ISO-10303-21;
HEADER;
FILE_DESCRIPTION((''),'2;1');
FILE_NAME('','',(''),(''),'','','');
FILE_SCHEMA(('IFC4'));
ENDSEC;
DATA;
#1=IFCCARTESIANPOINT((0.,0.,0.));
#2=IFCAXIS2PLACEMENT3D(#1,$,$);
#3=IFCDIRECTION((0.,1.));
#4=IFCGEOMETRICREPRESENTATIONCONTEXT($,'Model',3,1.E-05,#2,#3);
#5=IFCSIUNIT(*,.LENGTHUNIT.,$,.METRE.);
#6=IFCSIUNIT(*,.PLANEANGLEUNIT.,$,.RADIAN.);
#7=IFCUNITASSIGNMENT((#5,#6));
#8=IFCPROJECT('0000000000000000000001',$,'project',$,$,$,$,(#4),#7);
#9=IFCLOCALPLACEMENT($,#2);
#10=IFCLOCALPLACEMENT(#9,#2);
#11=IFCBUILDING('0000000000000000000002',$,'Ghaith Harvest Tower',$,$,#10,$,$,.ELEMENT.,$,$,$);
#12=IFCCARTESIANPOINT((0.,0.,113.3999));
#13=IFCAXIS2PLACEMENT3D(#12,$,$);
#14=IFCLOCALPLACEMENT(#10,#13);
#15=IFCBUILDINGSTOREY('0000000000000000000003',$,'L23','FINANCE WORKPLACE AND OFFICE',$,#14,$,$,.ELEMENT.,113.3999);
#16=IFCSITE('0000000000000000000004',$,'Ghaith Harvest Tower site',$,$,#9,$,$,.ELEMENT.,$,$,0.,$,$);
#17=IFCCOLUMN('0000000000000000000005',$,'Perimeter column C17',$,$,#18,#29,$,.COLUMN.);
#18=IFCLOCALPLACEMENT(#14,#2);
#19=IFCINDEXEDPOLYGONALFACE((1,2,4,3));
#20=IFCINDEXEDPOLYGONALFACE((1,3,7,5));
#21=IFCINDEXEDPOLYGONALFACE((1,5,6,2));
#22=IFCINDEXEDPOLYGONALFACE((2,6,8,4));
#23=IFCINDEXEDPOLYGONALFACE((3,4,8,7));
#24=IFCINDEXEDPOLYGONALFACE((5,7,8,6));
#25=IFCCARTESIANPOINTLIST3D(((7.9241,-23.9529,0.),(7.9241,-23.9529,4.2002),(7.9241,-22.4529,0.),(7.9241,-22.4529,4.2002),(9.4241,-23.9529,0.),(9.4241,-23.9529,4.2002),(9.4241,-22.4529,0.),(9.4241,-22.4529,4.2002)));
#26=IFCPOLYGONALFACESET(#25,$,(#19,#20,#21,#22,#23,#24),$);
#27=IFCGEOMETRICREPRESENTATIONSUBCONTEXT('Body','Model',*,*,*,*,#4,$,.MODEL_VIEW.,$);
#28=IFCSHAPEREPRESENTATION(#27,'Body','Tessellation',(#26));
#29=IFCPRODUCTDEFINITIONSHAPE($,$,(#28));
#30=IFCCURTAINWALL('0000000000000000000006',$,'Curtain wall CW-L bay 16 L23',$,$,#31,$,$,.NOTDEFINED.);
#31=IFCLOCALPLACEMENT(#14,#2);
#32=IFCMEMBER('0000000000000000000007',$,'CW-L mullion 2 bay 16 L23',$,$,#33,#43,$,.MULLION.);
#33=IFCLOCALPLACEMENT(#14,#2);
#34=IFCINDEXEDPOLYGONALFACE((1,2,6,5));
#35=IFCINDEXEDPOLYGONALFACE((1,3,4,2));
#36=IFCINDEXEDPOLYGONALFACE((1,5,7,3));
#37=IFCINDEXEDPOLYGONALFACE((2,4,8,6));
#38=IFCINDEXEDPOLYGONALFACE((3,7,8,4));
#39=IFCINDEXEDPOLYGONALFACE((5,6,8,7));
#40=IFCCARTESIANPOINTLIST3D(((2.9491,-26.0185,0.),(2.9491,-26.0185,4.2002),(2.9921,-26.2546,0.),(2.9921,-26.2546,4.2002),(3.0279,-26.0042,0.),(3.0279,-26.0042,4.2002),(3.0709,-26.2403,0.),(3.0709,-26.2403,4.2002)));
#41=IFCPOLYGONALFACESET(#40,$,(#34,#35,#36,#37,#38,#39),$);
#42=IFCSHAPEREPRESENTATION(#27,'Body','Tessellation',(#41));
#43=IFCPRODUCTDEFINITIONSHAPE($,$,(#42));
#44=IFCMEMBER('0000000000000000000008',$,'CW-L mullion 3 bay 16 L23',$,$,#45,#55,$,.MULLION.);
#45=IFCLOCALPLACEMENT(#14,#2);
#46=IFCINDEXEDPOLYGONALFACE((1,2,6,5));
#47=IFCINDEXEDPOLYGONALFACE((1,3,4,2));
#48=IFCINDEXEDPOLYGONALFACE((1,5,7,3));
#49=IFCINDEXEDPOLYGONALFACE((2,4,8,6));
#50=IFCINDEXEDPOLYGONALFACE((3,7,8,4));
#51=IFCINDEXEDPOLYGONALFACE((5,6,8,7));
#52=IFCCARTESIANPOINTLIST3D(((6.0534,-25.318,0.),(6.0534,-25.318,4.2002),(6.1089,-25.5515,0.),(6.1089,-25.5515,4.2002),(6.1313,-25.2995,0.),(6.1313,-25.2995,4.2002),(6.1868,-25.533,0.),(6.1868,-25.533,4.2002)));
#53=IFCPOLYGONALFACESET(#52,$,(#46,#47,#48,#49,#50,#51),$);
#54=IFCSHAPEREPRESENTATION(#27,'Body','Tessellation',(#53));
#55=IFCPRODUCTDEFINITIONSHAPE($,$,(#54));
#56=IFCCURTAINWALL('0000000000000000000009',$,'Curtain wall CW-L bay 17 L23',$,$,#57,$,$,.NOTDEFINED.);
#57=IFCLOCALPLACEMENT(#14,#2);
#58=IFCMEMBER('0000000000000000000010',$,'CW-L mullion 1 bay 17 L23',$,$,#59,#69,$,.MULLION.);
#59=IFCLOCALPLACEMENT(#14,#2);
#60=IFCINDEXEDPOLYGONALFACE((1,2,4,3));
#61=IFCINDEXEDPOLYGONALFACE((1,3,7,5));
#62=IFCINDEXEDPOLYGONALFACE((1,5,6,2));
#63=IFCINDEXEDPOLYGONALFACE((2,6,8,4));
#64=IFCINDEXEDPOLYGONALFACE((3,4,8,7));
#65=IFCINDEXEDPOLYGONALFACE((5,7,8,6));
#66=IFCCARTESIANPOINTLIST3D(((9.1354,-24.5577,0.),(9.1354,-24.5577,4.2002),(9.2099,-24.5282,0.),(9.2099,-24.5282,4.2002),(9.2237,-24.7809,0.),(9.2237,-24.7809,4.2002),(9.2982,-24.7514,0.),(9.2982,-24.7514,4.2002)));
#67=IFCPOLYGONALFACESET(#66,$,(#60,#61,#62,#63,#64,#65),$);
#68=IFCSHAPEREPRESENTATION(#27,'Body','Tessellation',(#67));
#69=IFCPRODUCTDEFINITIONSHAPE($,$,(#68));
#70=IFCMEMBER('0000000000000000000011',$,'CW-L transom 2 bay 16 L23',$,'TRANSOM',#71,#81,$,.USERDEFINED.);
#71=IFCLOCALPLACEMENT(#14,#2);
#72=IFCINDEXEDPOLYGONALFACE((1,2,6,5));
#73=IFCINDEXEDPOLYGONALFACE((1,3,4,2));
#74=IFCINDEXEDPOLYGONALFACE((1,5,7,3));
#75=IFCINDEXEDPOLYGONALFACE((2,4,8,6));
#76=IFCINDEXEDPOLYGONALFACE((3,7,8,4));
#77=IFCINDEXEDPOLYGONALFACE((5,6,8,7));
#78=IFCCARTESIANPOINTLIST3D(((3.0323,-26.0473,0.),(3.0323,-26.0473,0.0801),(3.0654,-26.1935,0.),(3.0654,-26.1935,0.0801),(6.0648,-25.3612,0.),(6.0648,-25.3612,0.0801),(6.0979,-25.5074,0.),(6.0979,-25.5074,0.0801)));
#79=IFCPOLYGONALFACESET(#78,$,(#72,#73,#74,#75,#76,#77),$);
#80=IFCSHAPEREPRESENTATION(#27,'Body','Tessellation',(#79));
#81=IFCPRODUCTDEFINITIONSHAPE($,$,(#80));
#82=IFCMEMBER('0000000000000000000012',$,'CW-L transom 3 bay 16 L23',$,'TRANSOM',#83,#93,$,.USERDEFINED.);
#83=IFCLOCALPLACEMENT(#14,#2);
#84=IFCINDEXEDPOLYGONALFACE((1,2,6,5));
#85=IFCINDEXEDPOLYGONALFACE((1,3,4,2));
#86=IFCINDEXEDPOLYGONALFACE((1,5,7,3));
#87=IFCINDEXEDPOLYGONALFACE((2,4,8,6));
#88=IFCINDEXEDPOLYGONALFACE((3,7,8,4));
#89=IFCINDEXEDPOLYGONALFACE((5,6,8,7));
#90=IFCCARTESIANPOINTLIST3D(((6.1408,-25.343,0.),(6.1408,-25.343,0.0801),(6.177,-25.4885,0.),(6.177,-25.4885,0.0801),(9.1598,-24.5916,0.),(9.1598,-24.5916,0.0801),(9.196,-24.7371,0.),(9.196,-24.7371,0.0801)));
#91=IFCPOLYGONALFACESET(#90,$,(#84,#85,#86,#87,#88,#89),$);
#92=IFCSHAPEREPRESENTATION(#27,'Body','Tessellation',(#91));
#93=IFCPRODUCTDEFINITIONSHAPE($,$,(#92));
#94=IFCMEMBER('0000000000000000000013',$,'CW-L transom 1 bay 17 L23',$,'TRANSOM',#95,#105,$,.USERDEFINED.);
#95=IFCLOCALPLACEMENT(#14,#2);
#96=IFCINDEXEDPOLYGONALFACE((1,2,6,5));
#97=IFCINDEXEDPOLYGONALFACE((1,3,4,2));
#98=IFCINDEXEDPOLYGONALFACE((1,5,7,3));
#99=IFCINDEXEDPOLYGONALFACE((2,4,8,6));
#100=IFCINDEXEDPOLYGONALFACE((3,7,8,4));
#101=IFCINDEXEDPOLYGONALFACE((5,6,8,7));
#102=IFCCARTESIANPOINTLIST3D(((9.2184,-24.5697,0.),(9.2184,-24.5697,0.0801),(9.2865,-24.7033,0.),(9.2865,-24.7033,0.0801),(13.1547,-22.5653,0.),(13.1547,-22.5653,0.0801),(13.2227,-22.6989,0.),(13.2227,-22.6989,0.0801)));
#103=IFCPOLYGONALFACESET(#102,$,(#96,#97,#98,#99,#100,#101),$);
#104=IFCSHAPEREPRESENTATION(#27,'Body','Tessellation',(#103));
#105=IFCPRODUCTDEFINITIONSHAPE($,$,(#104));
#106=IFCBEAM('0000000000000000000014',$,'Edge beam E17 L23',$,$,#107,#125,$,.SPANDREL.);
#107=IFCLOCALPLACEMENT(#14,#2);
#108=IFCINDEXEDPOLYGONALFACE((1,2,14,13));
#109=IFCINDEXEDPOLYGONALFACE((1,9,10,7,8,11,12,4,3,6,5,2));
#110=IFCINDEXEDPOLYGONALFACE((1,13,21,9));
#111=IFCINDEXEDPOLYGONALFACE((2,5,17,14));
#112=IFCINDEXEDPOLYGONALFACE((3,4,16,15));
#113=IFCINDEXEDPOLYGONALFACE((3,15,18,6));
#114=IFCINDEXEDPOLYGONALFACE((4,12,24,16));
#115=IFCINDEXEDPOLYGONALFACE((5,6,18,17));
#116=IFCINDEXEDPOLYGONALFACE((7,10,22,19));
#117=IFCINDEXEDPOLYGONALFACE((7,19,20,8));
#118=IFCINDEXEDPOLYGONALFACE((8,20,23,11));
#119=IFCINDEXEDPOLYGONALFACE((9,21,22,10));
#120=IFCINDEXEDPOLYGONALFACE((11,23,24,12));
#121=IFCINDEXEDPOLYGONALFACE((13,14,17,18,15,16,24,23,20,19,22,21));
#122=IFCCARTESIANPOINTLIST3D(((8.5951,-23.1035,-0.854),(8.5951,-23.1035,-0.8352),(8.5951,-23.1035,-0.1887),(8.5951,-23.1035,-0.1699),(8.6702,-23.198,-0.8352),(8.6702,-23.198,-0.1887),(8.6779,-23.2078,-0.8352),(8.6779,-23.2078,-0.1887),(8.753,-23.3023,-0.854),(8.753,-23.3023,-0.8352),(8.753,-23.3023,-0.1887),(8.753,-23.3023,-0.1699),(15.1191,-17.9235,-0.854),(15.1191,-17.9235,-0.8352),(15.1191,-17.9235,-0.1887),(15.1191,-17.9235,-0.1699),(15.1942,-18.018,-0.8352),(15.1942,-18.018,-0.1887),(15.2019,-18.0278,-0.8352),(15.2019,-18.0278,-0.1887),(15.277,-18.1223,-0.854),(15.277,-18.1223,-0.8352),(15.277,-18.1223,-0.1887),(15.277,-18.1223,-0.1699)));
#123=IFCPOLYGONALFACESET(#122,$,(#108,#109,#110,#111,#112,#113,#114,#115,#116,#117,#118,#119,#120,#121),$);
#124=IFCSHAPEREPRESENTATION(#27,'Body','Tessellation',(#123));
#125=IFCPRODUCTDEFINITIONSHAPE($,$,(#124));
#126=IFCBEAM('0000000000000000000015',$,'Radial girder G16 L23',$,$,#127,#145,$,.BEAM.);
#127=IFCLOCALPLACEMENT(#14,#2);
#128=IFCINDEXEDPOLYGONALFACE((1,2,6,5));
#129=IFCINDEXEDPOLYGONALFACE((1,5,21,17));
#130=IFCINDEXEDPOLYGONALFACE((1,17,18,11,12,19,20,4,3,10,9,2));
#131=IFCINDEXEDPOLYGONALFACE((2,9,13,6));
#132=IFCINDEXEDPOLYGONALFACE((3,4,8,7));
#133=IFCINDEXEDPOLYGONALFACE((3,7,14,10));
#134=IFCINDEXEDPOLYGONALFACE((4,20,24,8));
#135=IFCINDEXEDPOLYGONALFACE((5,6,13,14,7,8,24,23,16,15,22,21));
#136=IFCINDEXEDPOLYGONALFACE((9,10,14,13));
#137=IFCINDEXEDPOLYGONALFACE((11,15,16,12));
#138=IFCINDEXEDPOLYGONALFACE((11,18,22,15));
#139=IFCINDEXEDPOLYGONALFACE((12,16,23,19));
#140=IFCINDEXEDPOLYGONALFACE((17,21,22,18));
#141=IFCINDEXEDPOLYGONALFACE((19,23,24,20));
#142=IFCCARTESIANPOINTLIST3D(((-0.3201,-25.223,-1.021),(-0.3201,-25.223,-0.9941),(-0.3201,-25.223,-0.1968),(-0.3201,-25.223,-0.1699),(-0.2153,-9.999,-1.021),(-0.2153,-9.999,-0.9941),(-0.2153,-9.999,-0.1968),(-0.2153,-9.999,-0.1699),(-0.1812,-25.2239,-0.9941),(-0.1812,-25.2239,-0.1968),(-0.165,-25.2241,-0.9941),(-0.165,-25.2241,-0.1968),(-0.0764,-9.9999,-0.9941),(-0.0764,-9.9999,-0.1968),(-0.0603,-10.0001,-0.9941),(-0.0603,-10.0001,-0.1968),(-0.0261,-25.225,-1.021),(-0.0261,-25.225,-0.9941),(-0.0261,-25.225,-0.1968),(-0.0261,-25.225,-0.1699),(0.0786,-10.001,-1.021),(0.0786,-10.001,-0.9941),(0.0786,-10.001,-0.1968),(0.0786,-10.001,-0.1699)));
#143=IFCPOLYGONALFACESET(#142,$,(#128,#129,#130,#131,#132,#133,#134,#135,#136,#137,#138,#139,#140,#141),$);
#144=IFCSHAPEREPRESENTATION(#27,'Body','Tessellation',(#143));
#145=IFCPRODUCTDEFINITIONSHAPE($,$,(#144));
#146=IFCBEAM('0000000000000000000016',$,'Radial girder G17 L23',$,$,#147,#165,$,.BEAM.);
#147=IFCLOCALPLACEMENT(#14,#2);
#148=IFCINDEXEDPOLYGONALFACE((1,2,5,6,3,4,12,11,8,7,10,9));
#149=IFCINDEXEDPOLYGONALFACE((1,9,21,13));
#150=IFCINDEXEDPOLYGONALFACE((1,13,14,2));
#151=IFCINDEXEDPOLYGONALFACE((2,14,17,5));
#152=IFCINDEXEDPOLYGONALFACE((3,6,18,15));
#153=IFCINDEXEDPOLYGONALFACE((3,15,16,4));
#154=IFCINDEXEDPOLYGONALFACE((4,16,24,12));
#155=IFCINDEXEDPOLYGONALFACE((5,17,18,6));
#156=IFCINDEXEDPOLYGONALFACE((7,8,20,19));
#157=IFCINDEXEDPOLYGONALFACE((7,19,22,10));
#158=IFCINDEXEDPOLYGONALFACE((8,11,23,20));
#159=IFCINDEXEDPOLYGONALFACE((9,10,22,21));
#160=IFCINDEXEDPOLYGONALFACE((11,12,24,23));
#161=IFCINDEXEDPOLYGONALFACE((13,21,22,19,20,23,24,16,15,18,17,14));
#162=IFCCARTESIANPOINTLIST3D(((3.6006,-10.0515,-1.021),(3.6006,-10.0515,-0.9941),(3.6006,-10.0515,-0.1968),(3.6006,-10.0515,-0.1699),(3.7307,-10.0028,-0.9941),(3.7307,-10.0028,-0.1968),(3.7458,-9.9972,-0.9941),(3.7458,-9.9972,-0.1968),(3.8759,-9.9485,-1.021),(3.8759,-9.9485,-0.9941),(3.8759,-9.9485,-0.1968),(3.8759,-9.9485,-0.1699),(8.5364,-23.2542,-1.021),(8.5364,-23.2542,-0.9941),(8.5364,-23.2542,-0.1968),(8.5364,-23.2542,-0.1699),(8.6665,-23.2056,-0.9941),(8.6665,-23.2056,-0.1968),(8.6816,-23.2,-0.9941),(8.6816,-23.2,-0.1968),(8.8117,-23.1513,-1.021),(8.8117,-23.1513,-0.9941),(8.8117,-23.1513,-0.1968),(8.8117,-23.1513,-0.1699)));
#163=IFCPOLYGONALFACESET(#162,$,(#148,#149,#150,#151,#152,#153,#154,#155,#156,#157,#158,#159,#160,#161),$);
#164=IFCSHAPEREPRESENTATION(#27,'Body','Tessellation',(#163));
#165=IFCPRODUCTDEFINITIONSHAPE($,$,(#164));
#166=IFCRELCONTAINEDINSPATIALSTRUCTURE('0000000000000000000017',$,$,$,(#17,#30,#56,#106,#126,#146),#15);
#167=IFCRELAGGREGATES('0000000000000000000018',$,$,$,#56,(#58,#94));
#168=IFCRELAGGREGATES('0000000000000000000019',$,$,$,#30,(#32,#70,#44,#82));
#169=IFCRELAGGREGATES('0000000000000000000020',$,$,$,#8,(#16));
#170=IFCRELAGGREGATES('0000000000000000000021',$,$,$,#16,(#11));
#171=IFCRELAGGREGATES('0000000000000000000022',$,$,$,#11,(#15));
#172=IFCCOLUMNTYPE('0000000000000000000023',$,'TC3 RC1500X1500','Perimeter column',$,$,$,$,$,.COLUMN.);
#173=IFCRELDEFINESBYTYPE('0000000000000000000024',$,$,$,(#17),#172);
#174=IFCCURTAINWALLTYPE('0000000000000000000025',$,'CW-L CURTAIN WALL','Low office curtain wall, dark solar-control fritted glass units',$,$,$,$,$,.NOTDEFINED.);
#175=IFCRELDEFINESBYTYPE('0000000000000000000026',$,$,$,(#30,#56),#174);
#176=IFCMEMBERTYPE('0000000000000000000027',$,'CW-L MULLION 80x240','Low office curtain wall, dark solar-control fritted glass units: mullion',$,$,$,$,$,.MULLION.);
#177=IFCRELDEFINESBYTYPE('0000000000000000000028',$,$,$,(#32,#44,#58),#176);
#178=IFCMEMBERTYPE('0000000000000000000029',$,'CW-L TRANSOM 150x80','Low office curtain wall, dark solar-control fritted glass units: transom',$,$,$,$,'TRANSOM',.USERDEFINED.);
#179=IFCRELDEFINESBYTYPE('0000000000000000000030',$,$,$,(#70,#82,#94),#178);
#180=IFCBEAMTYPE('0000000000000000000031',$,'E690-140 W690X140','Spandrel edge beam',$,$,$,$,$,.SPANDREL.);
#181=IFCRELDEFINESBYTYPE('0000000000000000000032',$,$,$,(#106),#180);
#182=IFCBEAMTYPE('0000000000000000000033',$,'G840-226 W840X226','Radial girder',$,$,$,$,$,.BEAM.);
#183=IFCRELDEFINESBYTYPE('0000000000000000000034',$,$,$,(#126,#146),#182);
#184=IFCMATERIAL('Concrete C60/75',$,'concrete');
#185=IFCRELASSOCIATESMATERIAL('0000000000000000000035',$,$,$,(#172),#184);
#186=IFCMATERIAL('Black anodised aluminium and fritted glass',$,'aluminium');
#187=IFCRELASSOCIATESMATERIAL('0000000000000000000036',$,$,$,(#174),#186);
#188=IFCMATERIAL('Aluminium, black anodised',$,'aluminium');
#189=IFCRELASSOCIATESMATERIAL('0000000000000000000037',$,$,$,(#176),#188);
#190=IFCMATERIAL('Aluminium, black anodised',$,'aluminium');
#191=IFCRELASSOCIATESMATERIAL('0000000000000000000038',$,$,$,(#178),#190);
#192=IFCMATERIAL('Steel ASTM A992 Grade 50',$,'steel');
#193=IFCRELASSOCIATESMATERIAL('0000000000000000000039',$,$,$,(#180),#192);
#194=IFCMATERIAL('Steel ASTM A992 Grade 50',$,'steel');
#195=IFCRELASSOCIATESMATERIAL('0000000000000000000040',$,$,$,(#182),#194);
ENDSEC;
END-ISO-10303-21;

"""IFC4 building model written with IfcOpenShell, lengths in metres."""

from ifc_helpers import new_model, si_unit, direction, frame, origin, origin_2d, place, context, subcontext, project, spatial, rectangle, i_section, extrude, material, material_profile, profile_set, type_object, element, aggregate, save


model = new_model("IFC4")

# Units and contexts
model_context = context("Model", 3, precision=1e-05, world=origin(), true_north=direction((0.0, 1.0)))
body_context = subcontext(model_context, "Body", "Model", "MODEL_VIEW")
ifc_project = project(units=[si_unit("LENGTHUNIT", "METRE"), si_unit("PLANEANGLEUNIT", "RADIAN")], contexts=[model_context])

# Site, building, storey
site_placement = place(None, origin())
site = spatial("IfcSite", under=ifc_project, at=site_placement, Name="Ghaith Harvest Tower site", CompositionType="ELEMENT", RefElevation=0.0)
building_placement = place(site_placement, origin())
building = spatial("IfcBuilding", under=site, at=building_placement, Name="Ghaith Harvest Tower", CompositionType="ELEMENT")
storey_placement = place(building_placement, frame((0.0, 0.0, 113.3999)))
storey = spatial("IfcBuildingStorey", under=building, at=storey_placement, Name="L23", Description="FINANCE WORKPLACE AND OFFICE", CompositionType="ELEMENT", Elevation=113.3999)

# Column
ifc_material_1 = material(Name="Concrete C60/75", Category="concrete")
ifc_material_profile_1 = material_profile(ifc_material_1, rectangle(XDim=1.5, YDim=1.5, at=origin_2d()), Name="RC1500X1500")
ifc_profile_set_1 = profile_set([ifc_material_profile_1], Name="Concrete C60/75")
column_type = type_object("IfcColumnType", Name="TC3 RC1500X1500", Description="Perimeter column", PredefinedType="COLUMN", material=ifc_profile_set_1)
column_placement = place(storey_placement, frame((8.6741, -23.2029, 0.0), z_axis=(0.0, 0.0, 1.0), x_axis=(1.0, 0.0, 0.0)))
element("IfcColumn", 1, at=column_placement, inside=storey, type_object=column_type, Name="Perimeter column C17", PredefinedType="COLUMN", context=body_context, shape_type="SweptSolid", body=[
    extrude(rectangle(XDim=1.5, YDim=1.5, at=origin_2d()), origin(), (0.0, 0.0, 1.0), 4.2002),
])

# Curtain wall, members
ifc_material_2 = material(Name="Black anodised aluminium and fritted glass", Category="aluminium")
curtain_wall_type = type_object("IfcCurtainWallType", Name="CW-L CURTAIN WALL", Description="Low office curtain wall, dark solar-control fritted glass units", PredefinedType="NOTDEFINED", material=ifc_material_2)
curtain_wall_1_placement = place(storey_placement, origin())
curtain_wall_1 = element("IfcCurtainWall", 2, at=curtain_wall_1_placement, inside=storey, type_object=curtain_wall_type, Name="Curtain wall CW-L bay 16 L23", PredefinedType="NOTDEFINED")
ifc_material_3 = material(Name="Aluminium, black anodised", Category="aluminium")
ifc_material_profile_2 = material_profile(ifc_material_3, rectangle(XDim=0.0801, YDim=0.24, at=origin_2d()), Name="CW-L MULLION 80x240")
ifc_profile_set_2 = profile_set([ifc_material_profile_2], Name="Aluminium, black anodised")
member_type_1 = type_object("IfcMemberType", Name="CW-L MULLION 80x240", Description="Low office curtain wall, dark solar-control fritted glass units: mullion", PredefinedType="MULLION", material=ifc_profile_set_2)
member_1_placement = place(storey_placement, frame((3.01, -26.1294, 0.0), z_axis=(0.0, 0.0, 1.0), x_axis=(0.983806, 0.179235, 0.0)))
member_1 = element("IfcMember", 3, at=member_1_placement, type_object=member_type_1, Name="CW-L mullion 2 bay 16 L23", PredefinedType="MULLION", context=body_context, shape_type="SweptSolid", body=[
    extrude(rectangle(XDim=0.0801, YDim=0.24, at=origin_2d()), origin(), (0.0, 0.0, 1.0), 4.2002),
])
member_2_placement = place(storey_placement, frame((6.1201, -25.4255, 0.0), z_axis=(0.0, 0.0, 1.0), x_axis=(0.972918, 0.23115, 0.0)))
member_2 = element("IfcMember", 4, at=member_2_placement, type_object=member_type_1, Name="CW-L mullion 3 bay 16 L23", PredefinedType="MULLION", context=body_context, shape_type="SweptSolid", body=[
    extrude(rectangle(XDim=0.0801, YDim=0.24, at=origin_2d()), origin(), (0.0, 0.0, 1.0), 4.2002),
])

# Curtain wall, member
curtain_wall_2_placement = place(storey_placement, origin())
curtain_wall_2 = element("IfcCurtainWall", 5, at=curtain_wall_2_placement, inside=storey, type_object=curtain_wall_type, Name="Curtain wall CW-L bay 17 L23", PredefinedType="NOTDEFINED")
member_3_placement = place(storey_placement, frame((9.2168, -24.6545, 0.0), z_axis=(0.0, 0.0, 1.0), x_axis=(0.929832, 0.367985, 0.0)))
member_3 = element("IfcMember", 6, at=member_3_placement, type_object=member_type_1, Name="CW-L mullion 1 bay 17 L23", PredefinedType="MULLION", context=body_context, shape_type="SweptSolid", body=[
    extrude(rectangle(XDim=0.0801, YDim=0.24, at=origin_2d()), origin(), (0.0, 0.0, 1.0), 4.2002),
])

# Members
ifc_material_4 = material(Name="Aluminium, black anodised", Category="aluminium")
ifc_material_profile_3 = material_profile(ifc_material_4, rectangle(XDim=0.1499, YDim=0.0801, at=origin_2d()), Name="CW-L TRANSOM 150x80")
ifc_profile_set_3 = profile_set([ifc_material_profile_3], Name="Aluminium, black anodised")
member_type_2 = type_object("IfcMemberType", Name="CW-L TRANSOM 150x80", Description="Low office curtain wall, dark solar-control fritted glass units: transom", ElementType="TRANSOM", PredefinedType="USERDEFINED", material=ifc_profile_set_3)
member_4_placement = place(storey_placement, frame((3.0488, -26.1204, 0.04), z_axis=(0.975352, 0.220654, 0.0), x_axis=(-0.220654, 0.975352, 0.0)))
member_4 = element("IfcMember", 7, at=member_4_placement, type_object=member_type_2, Name="CW-L transom 2 bay 16 L23", ObjectType="TRANSOM", PredefinedType="USERDEFINED", context=body_context, shape_type="SweptSolid", body=[
    extrude(rectangle(XDim=0.1499, YDim=0.0801, at=origin_2d()), origin(), (0.0, 0.0, 1.0), 3.1091),
])
member_5_placement = place(storey_placement, frame((6.1589, -25.4158, 0.04), z_axis=(0.970391, 0.241538, 0.0), x_axis=(-0.241538, 0.970391, 0.0)))
member_5 = element("IfcMember", 8, at=member_5_placement, type_object=member_type_2, Name="CW-L transom 3 bay 16 L23", ObjectType="TRANSOM", PredefinedType="USERDEFINED", context=body_context, shape_type="SweptSolid", body=[
    extrude(rectangle(XDim=0.1499, YDim=0.0801, at=origin_2d()), origin(), (0.0, 0.0, 1.0), 3.1111),
])
member_6_placement = place(storey_placement, frame((9.2524, -24.6365, 0.04), z_axis=(0.89112, 0.453768, 0.0), x_axis=(-0.453768, 0.89112, 0.0)))
member_6 = element("IfcMember", 9, at=member_6_placement, type_object=member_type_2, Name="CW-L transom 1 bay 17 L23", ObjectType="TRANSOM", PredefinedType="USERDEFINED", context=body_context, shape_type="SweptSolid", body=[
    extrude(rectangle(XDim=0.1499, YDim=0.0801, at=origin_2d()), origin(), (0.0, 0.0, 1.0), 4.4172),
])
aggregate(curtain_wall_2, [member_3, member_6])

# Beams
ifc_material_5 = material(Name="Steel ASTM A992 Grade 50", Category="steel")
ifc_material_profile_4 = material_profile(ifc_material_5, i_section(OverallWidth=0.2539, OverallDepth=0.6841, WebThickness=0.0125, FlangeThickness=0.0188, at=origin_2d()), Name="W690X140")
ifc_profile_set_4 = profile_set([ifc_material_profile_4], Name="Steel ASTM A992 Grade 50")
beam_type_1 = type_object("IfcBeamType", Name="E690-140 W690X140", Description="Spandrel edge beam", PredefinedType="SPANDREL", material=ifc_profile_set_4)
beam_1_placement = place(storey_placement, frame((8.6741, -23.2029, -0.512), z_axis=(0.78316, 0.621821, 0.0), x_axis=(-0.621821, 0.78316, 0.0)))
element("IfcBeam", 10, at=beam_1_placement, inside=storey, type_object=beam_type_1, Name="Edge beam E17 L23", PredefinedType="SPANDREL", context=body_context, shape_type="SweptSolid", body=[
    extrude(i_section(OverallWidth=0.2539, OverallDepth=0.6841, WebThickness=0.0125, FlangeThickness=0.0188, at=origin_2d()), origin(), (0.0, 0.0, 1.0), 8.3303),
])
ifc_material_6 = material(Name="Steel ASTM A992 Grade 50", Category="steel")
ifc_material_profile_5 = material_profile(ifc_material_6, i_section(OverallWidth=0.2939, OverallDepth=0.8511, WebThickness=0.0161, FlangeThickness=0.0269, at=origin_2d()), Name="W840X226")
ifc_profile_set_5 = profile_set([ifc_material_profile_5], Name="Steel ASTM A992 Grade 50")
beam_type_2 = type_object("IfcBeamType", Name="G840-226 W840X226", Description="Radial girder", PredefinedType="BEAM", material=ifc_profile_set_5)
beam_2_placement = place(storey_placement, frame((-0.0684, -10.0, -0.5955), z_axis=(-0.006879, -0.999976, 0.0), x_axis=(0.999976, -0.006879, 0.0)))
element("IfcBeam", 11, at=beam_2_placement, inside=storey, type_object=beam_type_2, Name="Radial girder G16 L23", PredefinedType="BEAM", context=body_context, shape_type="SweptSolid", body=[
    extrude(i_section(OverallWidth=0.2939, OverallDepth=0.8511, WebThickness=0.0161, FlangeThickness=0.0269, at=origin_2d()), origin(), (0.0, 0.0, 1.0), 15.2244),
])
beam_3_placement = place(storey_placement, frame((3.7383, -10.0, -0.5955), z_axis=(0.350172, -0.936685, 0.0), x_axis=(0.936685, 0.350172, 0.0)))
element("IfcBeam", 12, at=beam_3_placement, inside=storey, type_object=beam_type_2, Name="Radial girder G17 L23", PredefinedType="BEAM", context=body_context, shape_type="SweptSolid", body=[
    extrude(i_section(OverallWidth=0.2939, OverallDepth=0.8511, WebThickness=0.0161, FlangeThickness=0.0269, at=origin_2d()), origin(), (0.0, 0.0, 1.0), 14.0952),
])

aggregate(curtain_wall_1, [member_1, member_4, member_2, member_5])

save(model, "model.ifc")
